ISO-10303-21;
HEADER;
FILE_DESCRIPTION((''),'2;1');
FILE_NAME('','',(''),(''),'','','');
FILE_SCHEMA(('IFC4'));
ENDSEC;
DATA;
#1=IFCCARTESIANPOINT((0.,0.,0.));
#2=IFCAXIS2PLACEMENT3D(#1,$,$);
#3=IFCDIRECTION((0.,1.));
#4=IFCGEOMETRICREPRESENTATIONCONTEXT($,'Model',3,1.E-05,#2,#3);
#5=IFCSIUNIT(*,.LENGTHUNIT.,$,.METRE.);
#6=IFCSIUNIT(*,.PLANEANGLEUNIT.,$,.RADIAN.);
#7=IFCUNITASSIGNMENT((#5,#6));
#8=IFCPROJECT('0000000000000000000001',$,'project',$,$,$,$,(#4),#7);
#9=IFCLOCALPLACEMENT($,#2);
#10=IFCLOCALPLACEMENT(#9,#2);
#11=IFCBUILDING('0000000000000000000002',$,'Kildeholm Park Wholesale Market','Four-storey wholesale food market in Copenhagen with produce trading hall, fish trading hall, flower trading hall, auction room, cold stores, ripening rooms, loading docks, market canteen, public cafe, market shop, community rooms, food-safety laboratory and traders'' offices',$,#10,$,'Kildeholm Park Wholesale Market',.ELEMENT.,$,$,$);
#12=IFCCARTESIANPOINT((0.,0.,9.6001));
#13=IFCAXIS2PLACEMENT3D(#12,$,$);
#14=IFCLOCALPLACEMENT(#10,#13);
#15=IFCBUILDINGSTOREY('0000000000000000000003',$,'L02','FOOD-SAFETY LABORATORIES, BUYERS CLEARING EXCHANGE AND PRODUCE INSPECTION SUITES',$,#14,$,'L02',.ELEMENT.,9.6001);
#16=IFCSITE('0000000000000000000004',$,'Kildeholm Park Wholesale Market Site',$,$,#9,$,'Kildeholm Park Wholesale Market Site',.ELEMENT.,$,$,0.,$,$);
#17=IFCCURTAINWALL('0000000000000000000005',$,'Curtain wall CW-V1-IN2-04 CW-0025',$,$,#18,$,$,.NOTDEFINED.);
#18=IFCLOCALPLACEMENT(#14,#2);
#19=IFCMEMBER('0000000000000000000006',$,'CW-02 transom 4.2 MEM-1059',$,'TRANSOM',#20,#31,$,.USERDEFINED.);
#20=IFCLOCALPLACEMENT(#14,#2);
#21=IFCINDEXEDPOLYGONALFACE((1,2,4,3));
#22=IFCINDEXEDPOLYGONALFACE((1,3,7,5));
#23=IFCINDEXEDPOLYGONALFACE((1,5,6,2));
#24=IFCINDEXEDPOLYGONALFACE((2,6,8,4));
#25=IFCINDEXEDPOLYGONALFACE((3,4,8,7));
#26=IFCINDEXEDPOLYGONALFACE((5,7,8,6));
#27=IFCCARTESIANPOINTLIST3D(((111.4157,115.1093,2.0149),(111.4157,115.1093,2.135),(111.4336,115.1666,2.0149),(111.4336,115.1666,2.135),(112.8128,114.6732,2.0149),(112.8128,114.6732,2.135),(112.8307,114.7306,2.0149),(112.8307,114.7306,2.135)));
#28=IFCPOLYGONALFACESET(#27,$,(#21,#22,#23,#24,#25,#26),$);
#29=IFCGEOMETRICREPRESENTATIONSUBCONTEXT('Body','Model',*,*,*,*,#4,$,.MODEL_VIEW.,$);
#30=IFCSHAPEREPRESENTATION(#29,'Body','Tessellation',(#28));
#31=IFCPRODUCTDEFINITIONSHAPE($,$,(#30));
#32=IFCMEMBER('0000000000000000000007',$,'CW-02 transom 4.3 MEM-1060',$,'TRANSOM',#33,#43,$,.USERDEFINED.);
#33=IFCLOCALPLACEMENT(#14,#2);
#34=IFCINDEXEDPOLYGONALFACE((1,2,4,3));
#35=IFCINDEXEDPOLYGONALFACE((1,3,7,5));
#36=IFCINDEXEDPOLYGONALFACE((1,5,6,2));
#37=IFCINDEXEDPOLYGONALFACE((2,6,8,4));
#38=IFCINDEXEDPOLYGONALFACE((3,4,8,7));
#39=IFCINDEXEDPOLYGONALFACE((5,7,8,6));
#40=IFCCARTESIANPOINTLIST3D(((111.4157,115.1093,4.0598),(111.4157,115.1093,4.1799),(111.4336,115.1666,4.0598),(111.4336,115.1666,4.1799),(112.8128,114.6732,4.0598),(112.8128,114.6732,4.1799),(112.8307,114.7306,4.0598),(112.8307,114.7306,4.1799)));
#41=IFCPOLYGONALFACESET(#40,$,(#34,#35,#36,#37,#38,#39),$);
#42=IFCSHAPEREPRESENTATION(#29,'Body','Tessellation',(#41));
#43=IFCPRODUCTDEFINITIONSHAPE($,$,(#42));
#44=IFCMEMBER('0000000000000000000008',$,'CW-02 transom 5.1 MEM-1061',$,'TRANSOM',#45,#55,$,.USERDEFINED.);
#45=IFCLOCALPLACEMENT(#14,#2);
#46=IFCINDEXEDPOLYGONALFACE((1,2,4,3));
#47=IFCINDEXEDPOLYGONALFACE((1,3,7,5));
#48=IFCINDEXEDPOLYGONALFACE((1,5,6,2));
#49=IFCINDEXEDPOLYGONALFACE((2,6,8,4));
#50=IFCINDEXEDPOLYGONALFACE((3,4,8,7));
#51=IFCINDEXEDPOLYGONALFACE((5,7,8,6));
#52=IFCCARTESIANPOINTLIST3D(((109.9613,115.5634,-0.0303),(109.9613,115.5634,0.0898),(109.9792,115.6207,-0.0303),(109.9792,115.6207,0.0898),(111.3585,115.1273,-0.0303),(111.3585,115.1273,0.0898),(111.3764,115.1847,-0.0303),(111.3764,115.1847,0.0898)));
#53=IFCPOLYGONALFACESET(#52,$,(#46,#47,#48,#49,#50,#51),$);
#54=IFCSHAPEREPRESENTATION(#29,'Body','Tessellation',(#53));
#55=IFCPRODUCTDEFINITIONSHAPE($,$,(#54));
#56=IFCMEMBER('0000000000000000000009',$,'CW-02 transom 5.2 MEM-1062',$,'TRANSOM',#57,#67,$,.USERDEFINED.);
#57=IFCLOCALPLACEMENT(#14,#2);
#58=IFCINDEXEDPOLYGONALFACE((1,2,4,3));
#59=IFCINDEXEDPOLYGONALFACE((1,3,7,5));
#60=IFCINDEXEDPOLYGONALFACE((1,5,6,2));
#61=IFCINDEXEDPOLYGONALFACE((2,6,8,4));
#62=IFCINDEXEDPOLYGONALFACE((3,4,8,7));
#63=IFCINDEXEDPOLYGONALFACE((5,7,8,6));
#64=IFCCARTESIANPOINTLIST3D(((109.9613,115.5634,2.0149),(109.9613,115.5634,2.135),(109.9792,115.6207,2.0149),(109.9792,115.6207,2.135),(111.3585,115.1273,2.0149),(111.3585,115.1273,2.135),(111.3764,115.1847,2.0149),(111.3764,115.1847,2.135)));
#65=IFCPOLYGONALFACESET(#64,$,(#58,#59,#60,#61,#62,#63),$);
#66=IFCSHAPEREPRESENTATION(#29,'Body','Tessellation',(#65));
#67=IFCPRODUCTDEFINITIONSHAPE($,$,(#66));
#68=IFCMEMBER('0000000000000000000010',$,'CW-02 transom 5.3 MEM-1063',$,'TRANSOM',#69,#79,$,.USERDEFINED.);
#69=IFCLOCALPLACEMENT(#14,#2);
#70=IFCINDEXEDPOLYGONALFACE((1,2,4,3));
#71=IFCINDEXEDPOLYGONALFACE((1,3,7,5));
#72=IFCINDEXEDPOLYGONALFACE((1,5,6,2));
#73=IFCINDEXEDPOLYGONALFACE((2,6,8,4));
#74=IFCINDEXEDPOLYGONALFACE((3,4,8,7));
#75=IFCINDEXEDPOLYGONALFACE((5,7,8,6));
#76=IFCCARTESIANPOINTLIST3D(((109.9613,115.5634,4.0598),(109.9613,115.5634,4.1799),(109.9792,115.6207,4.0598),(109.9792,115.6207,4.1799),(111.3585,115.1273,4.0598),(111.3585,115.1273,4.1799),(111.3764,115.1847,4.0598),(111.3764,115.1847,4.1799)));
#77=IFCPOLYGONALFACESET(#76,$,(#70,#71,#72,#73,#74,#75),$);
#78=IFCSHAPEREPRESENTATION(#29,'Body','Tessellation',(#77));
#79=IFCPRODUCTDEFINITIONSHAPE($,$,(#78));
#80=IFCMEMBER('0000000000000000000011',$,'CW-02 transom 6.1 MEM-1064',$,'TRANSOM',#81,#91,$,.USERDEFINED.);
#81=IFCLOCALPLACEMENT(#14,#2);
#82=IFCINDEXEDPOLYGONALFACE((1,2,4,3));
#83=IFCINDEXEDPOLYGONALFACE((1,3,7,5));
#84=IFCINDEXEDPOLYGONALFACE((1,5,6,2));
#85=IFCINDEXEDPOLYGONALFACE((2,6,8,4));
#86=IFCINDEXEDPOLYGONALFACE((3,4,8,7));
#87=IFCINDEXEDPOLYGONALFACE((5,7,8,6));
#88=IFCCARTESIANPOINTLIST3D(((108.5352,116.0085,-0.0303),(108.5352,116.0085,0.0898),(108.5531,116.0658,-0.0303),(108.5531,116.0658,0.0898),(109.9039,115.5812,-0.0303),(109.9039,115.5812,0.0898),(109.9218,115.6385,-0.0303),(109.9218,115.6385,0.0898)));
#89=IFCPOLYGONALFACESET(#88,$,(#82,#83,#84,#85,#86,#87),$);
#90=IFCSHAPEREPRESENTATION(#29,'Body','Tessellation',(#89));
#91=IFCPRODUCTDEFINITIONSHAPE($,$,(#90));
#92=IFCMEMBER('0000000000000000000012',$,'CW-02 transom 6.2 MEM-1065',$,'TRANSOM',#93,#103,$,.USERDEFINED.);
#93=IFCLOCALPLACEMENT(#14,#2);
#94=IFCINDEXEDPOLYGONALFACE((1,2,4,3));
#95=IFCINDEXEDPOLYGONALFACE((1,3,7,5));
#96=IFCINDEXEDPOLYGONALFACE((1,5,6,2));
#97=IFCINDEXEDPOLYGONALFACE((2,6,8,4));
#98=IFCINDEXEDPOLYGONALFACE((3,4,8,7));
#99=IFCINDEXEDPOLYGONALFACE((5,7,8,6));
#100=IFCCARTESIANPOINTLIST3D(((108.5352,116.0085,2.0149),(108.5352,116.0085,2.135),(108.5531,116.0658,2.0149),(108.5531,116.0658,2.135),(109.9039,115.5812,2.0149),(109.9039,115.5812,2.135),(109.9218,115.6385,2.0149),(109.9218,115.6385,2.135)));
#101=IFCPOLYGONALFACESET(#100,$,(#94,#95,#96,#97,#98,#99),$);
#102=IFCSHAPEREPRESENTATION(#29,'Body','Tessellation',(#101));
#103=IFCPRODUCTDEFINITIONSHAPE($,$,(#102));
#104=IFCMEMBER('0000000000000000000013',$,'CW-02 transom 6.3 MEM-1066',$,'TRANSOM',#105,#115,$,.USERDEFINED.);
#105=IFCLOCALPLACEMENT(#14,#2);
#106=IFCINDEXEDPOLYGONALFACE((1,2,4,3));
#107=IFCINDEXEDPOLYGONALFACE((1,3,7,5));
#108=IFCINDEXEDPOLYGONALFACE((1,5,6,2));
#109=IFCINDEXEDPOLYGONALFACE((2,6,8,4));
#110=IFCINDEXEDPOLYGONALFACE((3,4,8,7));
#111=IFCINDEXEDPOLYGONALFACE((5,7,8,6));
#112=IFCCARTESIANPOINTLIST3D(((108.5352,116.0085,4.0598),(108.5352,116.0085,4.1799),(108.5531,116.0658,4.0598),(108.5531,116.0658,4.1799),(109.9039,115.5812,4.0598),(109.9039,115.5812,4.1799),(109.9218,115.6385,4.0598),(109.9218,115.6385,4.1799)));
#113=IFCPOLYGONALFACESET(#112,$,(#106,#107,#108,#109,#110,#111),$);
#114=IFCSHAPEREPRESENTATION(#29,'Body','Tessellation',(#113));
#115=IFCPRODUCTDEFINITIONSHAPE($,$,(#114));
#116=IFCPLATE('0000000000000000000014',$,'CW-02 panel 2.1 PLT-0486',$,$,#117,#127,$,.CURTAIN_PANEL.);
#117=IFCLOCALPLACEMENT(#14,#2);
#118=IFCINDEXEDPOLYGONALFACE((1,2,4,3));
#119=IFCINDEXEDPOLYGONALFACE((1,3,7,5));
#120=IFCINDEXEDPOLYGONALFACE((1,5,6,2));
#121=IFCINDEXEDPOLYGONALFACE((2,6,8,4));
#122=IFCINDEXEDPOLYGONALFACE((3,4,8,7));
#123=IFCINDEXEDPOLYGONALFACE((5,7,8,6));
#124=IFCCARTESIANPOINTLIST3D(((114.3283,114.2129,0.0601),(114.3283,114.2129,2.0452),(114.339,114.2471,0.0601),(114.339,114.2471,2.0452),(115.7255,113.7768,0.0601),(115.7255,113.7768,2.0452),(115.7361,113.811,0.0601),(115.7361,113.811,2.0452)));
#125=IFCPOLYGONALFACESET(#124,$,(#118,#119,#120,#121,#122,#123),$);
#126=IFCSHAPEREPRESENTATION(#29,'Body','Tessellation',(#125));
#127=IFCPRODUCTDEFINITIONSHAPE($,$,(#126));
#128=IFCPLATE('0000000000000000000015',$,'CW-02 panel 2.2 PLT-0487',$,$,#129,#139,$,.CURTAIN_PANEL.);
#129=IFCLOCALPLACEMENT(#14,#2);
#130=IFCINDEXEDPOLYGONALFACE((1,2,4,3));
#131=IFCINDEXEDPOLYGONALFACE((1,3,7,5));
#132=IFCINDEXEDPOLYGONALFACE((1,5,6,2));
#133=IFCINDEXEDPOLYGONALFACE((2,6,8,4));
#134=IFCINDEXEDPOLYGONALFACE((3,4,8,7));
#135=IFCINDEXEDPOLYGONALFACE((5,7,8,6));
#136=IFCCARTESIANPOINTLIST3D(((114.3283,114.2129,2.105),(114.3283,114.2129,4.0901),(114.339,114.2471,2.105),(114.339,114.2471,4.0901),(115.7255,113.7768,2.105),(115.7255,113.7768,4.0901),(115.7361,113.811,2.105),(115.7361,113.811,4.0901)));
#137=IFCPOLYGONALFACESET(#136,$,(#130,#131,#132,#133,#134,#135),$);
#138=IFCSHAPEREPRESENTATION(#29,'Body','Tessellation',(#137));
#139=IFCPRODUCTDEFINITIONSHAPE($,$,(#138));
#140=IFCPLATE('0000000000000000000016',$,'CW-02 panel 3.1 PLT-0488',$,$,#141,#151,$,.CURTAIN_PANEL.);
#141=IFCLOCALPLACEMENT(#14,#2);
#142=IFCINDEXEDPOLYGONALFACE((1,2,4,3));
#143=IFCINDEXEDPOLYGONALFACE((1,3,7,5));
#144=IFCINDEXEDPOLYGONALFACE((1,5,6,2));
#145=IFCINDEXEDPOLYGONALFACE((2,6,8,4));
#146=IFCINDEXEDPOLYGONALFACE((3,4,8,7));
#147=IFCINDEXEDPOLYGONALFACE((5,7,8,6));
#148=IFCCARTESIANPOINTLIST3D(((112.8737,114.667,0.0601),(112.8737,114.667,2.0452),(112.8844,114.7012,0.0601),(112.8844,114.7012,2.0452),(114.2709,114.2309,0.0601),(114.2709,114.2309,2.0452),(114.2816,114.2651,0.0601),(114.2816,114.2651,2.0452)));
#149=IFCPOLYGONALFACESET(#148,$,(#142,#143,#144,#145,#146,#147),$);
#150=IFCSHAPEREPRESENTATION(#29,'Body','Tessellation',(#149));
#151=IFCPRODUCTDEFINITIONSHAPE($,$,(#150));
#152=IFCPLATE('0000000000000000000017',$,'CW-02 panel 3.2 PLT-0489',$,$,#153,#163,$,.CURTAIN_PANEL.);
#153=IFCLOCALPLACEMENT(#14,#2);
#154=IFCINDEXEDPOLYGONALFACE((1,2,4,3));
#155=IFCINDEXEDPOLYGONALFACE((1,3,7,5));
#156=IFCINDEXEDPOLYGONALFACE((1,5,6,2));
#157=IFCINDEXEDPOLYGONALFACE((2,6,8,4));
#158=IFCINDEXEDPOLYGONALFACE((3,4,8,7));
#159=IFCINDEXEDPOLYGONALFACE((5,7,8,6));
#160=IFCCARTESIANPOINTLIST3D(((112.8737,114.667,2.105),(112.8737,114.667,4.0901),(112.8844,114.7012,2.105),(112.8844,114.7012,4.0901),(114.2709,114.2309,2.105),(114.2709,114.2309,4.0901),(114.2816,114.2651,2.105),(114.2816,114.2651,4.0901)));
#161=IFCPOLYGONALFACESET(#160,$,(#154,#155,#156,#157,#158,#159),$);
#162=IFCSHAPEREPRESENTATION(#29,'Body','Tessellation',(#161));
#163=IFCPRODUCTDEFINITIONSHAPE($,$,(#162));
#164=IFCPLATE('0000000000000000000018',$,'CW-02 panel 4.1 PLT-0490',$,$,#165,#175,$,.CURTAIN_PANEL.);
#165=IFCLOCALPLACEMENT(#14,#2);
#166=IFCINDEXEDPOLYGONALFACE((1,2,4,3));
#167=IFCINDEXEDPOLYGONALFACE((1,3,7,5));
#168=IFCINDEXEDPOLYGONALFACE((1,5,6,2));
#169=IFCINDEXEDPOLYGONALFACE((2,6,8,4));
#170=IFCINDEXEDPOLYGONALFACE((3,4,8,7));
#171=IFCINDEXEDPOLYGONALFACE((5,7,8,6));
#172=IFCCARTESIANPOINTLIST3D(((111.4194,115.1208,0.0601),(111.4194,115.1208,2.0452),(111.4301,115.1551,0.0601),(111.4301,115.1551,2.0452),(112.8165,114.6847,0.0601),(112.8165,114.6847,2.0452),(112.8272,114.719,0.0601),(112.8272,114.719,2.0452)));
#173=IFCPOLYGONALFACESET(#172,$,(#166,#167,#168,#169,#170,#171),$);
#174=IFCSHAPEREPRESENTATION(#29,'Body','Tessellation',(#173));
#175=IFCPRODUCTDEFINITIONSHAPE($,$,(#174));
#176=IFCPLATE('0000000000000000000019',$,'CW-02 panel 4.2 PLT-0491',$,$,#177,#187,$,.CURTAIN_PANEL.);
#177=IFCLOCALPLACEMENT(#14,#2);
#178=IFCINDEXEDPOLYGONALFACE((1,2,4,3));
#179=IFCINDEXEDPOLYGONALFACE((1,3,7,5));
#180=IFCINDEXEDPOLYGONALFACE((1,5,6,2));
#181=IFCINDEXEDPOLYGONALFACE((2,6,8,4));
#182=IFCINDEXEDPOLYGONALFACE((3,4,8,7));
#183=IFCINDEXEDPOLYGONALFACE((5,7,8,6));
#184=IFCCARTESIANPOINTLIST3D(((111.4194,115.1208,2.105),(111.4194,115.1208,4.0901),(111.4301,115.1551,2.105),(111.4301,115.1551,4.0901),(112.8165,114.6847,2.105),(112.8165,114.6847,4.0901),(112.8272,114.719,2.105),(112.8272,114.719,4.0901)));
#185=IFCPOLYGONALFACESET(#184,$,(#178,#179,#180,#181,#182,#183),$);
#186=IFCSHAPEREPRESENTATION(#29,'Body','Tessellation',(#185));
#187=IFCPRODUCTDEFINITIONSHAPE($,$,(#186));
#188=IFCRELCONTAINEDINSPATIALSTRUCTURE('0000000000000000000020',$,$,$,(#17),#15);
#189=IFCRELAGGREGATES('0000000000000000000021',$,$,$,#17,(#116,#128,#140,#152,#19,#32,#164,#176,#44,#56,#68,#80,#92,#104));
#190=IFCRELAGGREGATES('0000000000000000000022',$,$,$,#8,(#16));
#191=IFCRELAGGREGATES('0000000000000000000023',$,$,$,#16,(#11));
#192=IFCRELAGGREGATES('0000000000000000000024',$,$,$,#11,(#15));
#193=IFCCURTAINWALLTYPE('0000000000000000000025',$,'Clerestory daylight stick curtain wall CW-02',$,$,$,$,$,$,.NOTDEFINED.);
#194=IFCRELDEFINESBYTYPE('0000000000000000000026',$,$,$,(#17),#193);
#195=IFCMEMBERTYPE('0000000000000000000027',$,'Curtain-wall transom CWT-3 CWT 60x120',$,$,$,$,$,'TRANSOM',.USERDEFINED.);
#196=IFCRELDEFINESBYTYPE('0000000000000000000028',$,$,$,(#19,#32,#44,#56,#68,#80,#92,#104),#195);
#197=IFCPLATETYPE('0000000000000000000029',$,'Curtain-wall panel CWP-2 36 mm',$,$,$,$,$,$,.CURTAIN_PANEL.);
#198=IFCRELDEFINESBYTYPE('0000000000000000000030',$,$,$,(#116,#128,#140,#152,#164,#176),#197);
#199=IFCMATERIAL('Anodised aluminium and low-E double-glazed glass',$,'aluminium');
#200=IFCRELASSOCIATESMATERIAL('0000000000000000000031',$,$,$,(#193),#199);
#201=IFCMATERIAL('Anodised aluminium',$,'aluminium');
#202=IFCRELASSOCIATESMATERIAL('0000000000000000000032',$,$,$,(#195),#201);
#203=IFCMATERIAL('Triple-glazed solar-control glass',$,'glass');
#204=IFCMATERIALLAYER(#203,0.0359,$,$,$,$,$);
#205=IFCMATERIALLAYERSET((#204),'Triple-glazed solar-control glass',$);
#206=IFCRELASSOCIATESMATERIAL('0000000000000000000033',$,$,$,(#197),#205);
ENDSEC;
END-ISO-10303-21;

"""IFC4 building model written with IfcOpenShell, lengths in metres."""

from ifc_helpers import new_model, si_unit, direction, frame, origin, origin_2d, place, context, subcontext, project, spatial, rectangle, extrude, material, layer, layer_set, material_profile, profile_set, type_object, element, aggregate, save


model = new_model("IFC4")

# Units and contexts
model_context = context("Model", 3, precision=1e-05, world=origin(), true_north=direction((0.0, 1.0)))
body_context = subcontext(model_context, "Body", "Model", "MODEL_VIEW")
ifc_project = project(units=[si_unit("LENGTHUNIT", "METRE"), si_unit("PLANEANGLEUNIT", "RADIAN")], contexts=[model_context])

# Site, building, storey
site_placement = place(None, origin())
site = spatial("IfcSite", under=ifc_project, at=site_placement, Name="Kildeholm Park Wholesale Market Site", LongName="Kildeholm Park Wholesale Market Site", CompositionType="ELEMENT", RefElevation=0.0)
building_placement = place(site_placement, origin())
building = spatial("IfcBuilding", under=site, at=building_placement, Name="Kildeholm Park Wholesale Market", Description="Four-storey wholesale food market in Copenhagen with produce trading hall, fish trading hall, flower trading hall, auction room, cold stores, ripening rooms, loading docks, market canteen, public cafe, market shop, community rooms, food-safety laboratory and traders' offices", LongName="Kildeholm Park Wholesale Market", CompositionType="ELEMENT")
storey_placement = place(building_placement, frame((0.0, 0.0, 9.6001)))
storey = spatial("IfcBuildingStorey", under=building, at=storey_placement, Name="L02", Description="FOOD-SAFETY LABORATORIES, BUYERS CLEARING EXCHANGE AND PRODUCE INSPECTION SUITES", LongName="L02", CompositionType="ELEMENT", Elevation=9.6001)

# Curtain wall, members, plates
ifc_material_1 = material(Name="Anodised aluminium and low-E double-glazed glass", Category="aluminium")
curtain_wall_type = type_object("IfcCurtainWallType", Name="Clerestory daylight stick curtain wall CW-02", PredefinedType="NOTDEFINED", material=ifc_material_1)
curtain_wall_placement = place(storey_placement, origin())
curtain_wall = element("IfcCurtainWall", 1, at=curtain_wall_placement, inside=storey, type_object=curtain_wall_type, Name="Curtain wall CW-V1-IN2-04 CW-0025", PredefinedType="NOTDEFINED")
ifc_material_2 = material(Name="Anodised aluminium", Category="aluminium")
ifc_material_profile_1 = material_profile(ifc_material_2, rectangle(XDim=0.0601, YDim=0.1201, at=origin_2d()), Name="CWT 60x120")
ifc_profile_set_1 = profile_set([ifc_material_profile_1], Name="Anodised aluminium")
member_type_1 = type_object("IfcMemberType", Name="Curtain-wall transom CWT-3 CWT 60x120", ElementType="TRANSOM", PredefinedType="USERDEFINED", material=ifc_profile_set_1)
member_1_placement = place(storey_placement, frame((112.8218, 114.7019, 2.075), z_axis=(-0.954596, 0.297905, 0.0), x_axis=(-0.297905, -0.954596, 0.0)))
member_1 = element("IfcMember", 2, at=member_1_placement, type_object=member_type_1, Name="CW-02 transom 4.2 MEM-1059", ObjectType="TRANSOM", PredefinedType="USERDEFINED", context=body_context, shape_type="SweptSolid", body=[
    extrude(rectangle(XDim=0.0601, YDim=0.1201, at=origin_2d()), origin(), (0.0, 0.0, 1.0), 1.4636),
])
member_2_placement = place(storey_placement, frame((112.8218, 114.7019, 4.1199), z_axis=(-0.954596, 0.297905, 0.0), x_axis=(-0.297905, -0.954596, 0.0)))
member_2 = element("IfcMember", 3, at=member_2_placement, type_object=member_type_1, Name="CW-02 transom 4.3 MEM-1060", ObjectType="TRANSOM", PredefinedType="USERDEFINED", context=body_context, shape_type="SweptSolid", body=[
    extrude(rectangle(XDim=0.0601, YDim=0.1201, at=origin_2d()), origin(), (0.0, 0.0, 1.0), 1.4636),
])
member_3_placement = place(storey_placement, frame((111.3674, 115.156, 0.0298), z_axis=(-0.954596, 0.297905, 0.0), x_axis=(-0.297905, -0.954596, 0.0)))
member_3 = element("IfcMember", 4, at=member_3_placement, type_object=member_type_1, Name="CW-02 transom 5.1 MEM-1061", ObjectType="TRANSOM", PredefinedType="USERDEFINED", context=body_context, shape_type="SweptSolid", body=[
    extrude(rectangle(XDim=0.0601, YDim=0.1201, at=origin_2d()), origin(), (0.0, 0.0, 1.0), 1.4636),
])
member_4_placement = place(storey_placement, frame((111.3674, 115.156, 2.075), z_axis=(-0.954596, 0.297905, 0.0), x_axis=(-0.297905, -0.954596, 0.0)))
member_4 = element("IfcMember", 5, at=member_4_placement, type_object=member_type_1, Name="CW-02 transom 5.2 MEM-1062", ObjectType="TRANSOM", PredefinedType="USERDEFINED", context=body_context, shape_type="SweptSolid", body=[
    extrude(rectangle(XDim=0.0601, YDim=0.1201, at=origin_2d()), origin(), (0.0, 0.0, 1.0), 1.4636),
])
member_5_placement = place(storey_placement, frame((111.3674, 115.156, 4.1199), z_axis=(-0.954596, 0.297905, 0.0), x_axis=(-0.297905, -0.954596, 0.0)))
member_5 = element("IfcMember", 6, at=member_5_placement, type_object=member_type_1, Name="CW-02 transom 5.3 MEM-1063", ObjectType="TRANSOM", PredefinedType="USERDEFINED", context=body_context, shape_type="SweptSolid", body=[
    extrude(rectangle(XDim=0.0601, YDim=0.1201, at=origin_2d()), origin(), (0.0, 0.0, 1.0), 1.4636),
])
member_6_placement = place(storey_placement, frame((109.9128, 115.6099, 0.0298), z_axis=(-0.954571, 0.297984, 0.0), x_axis=(-0.297984, -0.954571, 0.0)))
member_6 = element("IfcMember", 7, at=member_6_placement, type_object=member_type_1, Name="CW-02 transom 6.1 MEM-1064", ObjectType="TRANSOM", PredefinedType="USERDEFINED", context=body_context, shape_type="SweptSolid", body=[
    extrude(rectangle(XDim=0.0601, YDim=0.1201, at=origin_2d()), origin(), (0.0, 0.0, 1.0), 1.4338),
])
member_7_placement = place(storey_placement, frame((109.9128, 115.6099, 2.075), z_axis=(-0.954571, 0.297984, 0.0), x_axis=(-0.297984, -0.954571, 0.0)))
member_7 = element("IfcMember", 8, at=member_7_placement, type_object=member_type_1, Name="CW-02 transom 6.2 MEM-1065", ObjectType="TRANSOM", PredefinedType="USERDEFINED", context=body_context, shape_type="SweptSolid", body=[
    extrude(rectangle(XDim=0.0601, YDim=0.1201, at=origin_2d()), origin(), (0.0, 0.0, 1.0), 1.4338),
])
member_8_placement = place(storey_placement, frame((109.9128, 115.6099, 4.1199), z_axis=(-0.954571, 0.297984, 0.0), x_axis=(-0.297984, -0.954571, 0.0)))
member_8 = element("IfcMember", 9, at=member_8_placement, type_object=member_type_1, Name="CW-02 transom 6.3 MEM-1066", ObjectType="TRANSOM", PredefinedType="USERDEFINED", context=body_context, shape_type="SweptSolid", body=[
    extrude(rectangle(XDim=0.0601, YDim=0.1201, at=origin_2d()), origin(), (0.0, 0.0, 1.0), 1.4338),
])
ifc_material_3 = material(Name="Triple-glazed solar-control glass", Category="glass")
ifc_layer = layer(ifc_material_3, 0.0359)
ifc_layer_set = layer_set([ifc_layer], Name="Triple-glazed solar-control glass")
plate_type = type_object("IfcPlateType", Name="Curtain-wall panel CWP-2 36 mm", PredefinedType="CURTAIN_PANEL", material=ifc_layer_set)
plate_1_placement = place(storey_placement, frame((115.0322, 114.012, 0.0601), z_axis=(0.0, 0.0, 1.0), x_axis=(-0.954579, 0.297957, 0.0)))
plate_1 = element("IfcPlate", 10, at=plate_1_placement, type_object=plate_type, Name="CW-02 panel 2.1 PLT-0486", PredefinedType="CURTAIN_PANEL", context=body_context, shape_type="SweptSolid", body=[
    extrude(rectangle(XDim=1.4636, YDim=0.0359, at=origin_2d()), origin(), (0.0, 0.0, 1.0), 1.9851),
])
plate_2_placement = place(storey_placement, frame((115.0322, 114.012, 2.105), z_axis=(0.0, 0.0, 1.0), x_axis=(-0.954579, 0.297957, 0.0)))
plate_2 = element("IfcPlate", 11, at=plate_2_placement, type_object=plate_type, Name="CW-02 panel 2.2 PLT-0487", PredefinedType="CURTAIN_PANEL", context=body_context, shape_type="SweptSolid", body=[
    extrude(rectangle(XDim=1.4636, YDim=0.0359, at=origin_2d()), origin(), (0.0, 0.0, 1.0), 1.9851),
])
plate_3_placement = place(storey_placement, frame((113.5776, 114.4661, 0.0601), z_axis=(0.0, 0.0, 1.0), x_axis=(-0.954579, 0.297957, 0.0)))
plate_3 = element("IfcPlate", 12, at=plate_3_placement, type_object=plate_type, Name="CW-02 panel 3.1 PLT-0488", PredefinedType="CURTAIN_PANEL", context=body_context, shape_type="SweptSolid", body=[
    extrude(rectangle(XDim=1.4636, YDim=0.0359, at=origin_2d()), origin(), (0.0, 0.0, 1.0), 1.9851),
])
plate_4_placement = place(storey_placement, frame((113.5776, 114.4661, 2.105), z_axis=(0.0, 0.0, 1.0), x_axis=(-0.954579, 0.297957, 0.0)))
plate_4 = element("IfcPlate", 13, at=plate_4_placement, type_object=plate_type, Name="CW-02 panel 3.2 PLT-0489", PredefinedType="CURTAIN_PANEL", context=body_context, shape_type="SweptSolid", body=[
    extrude(rectangle(XDim=1.4636, YDim=0.0359, at=origin_2d()), origin(), (0.0, 0.0, 1.0), 1.9851),
])
plate_5_placement = place(storey_placement, frame((112.1233, 114.9199, 0.0601), z_axis=(0.0, 0.0, 1.0), x_axis=(-0.954579, 0.297957, 0.0)))
plate_5 = element("IfcPlate", 14, at=plate_5_placement, type_object=plate_type, Name="CW-02 panel 4.1 PLT-0490", PredefinedType="CURTAIN_PANEL", context=body_context, shape_type="SweptSolid", body=[
    extrude(rectangle(XDim=1.4636, YDim=0.0359, at=origin_2d()), origin(), (0.0, 0.0, 1.0), 1.9851),
])
plate_6_placement = place(storey_placement, frame((112.1233, 114.9199, 2.105), z_axis=(0.0, 0.0, 1.0), x_axis=(-0.954579, 0.297957, 0.0)))
plate_6 = element("IfcPlate", 15, at=plate_6_placement, type_object=plate_type, Name="CW-02 panel 4.2 PLT-0491", PredefinedType="CURTAIN_PANEL", context=body_context, shape_type="SweptSolid", body=[
    extrude(rectangle(XDim=1.4636, YDim=0.0359, at=origin_2d()), origin(), (0.0, 0.0, 1.0), 1.9851),
])
aggregate(curtain_wall, [plate_1, plate_2, plate_3, plate_4, member_1, member_2, plate_5, plate_6, member_3, member_4, member_5, member_6, member_7, member_8])

save(model, "model.ifc")
